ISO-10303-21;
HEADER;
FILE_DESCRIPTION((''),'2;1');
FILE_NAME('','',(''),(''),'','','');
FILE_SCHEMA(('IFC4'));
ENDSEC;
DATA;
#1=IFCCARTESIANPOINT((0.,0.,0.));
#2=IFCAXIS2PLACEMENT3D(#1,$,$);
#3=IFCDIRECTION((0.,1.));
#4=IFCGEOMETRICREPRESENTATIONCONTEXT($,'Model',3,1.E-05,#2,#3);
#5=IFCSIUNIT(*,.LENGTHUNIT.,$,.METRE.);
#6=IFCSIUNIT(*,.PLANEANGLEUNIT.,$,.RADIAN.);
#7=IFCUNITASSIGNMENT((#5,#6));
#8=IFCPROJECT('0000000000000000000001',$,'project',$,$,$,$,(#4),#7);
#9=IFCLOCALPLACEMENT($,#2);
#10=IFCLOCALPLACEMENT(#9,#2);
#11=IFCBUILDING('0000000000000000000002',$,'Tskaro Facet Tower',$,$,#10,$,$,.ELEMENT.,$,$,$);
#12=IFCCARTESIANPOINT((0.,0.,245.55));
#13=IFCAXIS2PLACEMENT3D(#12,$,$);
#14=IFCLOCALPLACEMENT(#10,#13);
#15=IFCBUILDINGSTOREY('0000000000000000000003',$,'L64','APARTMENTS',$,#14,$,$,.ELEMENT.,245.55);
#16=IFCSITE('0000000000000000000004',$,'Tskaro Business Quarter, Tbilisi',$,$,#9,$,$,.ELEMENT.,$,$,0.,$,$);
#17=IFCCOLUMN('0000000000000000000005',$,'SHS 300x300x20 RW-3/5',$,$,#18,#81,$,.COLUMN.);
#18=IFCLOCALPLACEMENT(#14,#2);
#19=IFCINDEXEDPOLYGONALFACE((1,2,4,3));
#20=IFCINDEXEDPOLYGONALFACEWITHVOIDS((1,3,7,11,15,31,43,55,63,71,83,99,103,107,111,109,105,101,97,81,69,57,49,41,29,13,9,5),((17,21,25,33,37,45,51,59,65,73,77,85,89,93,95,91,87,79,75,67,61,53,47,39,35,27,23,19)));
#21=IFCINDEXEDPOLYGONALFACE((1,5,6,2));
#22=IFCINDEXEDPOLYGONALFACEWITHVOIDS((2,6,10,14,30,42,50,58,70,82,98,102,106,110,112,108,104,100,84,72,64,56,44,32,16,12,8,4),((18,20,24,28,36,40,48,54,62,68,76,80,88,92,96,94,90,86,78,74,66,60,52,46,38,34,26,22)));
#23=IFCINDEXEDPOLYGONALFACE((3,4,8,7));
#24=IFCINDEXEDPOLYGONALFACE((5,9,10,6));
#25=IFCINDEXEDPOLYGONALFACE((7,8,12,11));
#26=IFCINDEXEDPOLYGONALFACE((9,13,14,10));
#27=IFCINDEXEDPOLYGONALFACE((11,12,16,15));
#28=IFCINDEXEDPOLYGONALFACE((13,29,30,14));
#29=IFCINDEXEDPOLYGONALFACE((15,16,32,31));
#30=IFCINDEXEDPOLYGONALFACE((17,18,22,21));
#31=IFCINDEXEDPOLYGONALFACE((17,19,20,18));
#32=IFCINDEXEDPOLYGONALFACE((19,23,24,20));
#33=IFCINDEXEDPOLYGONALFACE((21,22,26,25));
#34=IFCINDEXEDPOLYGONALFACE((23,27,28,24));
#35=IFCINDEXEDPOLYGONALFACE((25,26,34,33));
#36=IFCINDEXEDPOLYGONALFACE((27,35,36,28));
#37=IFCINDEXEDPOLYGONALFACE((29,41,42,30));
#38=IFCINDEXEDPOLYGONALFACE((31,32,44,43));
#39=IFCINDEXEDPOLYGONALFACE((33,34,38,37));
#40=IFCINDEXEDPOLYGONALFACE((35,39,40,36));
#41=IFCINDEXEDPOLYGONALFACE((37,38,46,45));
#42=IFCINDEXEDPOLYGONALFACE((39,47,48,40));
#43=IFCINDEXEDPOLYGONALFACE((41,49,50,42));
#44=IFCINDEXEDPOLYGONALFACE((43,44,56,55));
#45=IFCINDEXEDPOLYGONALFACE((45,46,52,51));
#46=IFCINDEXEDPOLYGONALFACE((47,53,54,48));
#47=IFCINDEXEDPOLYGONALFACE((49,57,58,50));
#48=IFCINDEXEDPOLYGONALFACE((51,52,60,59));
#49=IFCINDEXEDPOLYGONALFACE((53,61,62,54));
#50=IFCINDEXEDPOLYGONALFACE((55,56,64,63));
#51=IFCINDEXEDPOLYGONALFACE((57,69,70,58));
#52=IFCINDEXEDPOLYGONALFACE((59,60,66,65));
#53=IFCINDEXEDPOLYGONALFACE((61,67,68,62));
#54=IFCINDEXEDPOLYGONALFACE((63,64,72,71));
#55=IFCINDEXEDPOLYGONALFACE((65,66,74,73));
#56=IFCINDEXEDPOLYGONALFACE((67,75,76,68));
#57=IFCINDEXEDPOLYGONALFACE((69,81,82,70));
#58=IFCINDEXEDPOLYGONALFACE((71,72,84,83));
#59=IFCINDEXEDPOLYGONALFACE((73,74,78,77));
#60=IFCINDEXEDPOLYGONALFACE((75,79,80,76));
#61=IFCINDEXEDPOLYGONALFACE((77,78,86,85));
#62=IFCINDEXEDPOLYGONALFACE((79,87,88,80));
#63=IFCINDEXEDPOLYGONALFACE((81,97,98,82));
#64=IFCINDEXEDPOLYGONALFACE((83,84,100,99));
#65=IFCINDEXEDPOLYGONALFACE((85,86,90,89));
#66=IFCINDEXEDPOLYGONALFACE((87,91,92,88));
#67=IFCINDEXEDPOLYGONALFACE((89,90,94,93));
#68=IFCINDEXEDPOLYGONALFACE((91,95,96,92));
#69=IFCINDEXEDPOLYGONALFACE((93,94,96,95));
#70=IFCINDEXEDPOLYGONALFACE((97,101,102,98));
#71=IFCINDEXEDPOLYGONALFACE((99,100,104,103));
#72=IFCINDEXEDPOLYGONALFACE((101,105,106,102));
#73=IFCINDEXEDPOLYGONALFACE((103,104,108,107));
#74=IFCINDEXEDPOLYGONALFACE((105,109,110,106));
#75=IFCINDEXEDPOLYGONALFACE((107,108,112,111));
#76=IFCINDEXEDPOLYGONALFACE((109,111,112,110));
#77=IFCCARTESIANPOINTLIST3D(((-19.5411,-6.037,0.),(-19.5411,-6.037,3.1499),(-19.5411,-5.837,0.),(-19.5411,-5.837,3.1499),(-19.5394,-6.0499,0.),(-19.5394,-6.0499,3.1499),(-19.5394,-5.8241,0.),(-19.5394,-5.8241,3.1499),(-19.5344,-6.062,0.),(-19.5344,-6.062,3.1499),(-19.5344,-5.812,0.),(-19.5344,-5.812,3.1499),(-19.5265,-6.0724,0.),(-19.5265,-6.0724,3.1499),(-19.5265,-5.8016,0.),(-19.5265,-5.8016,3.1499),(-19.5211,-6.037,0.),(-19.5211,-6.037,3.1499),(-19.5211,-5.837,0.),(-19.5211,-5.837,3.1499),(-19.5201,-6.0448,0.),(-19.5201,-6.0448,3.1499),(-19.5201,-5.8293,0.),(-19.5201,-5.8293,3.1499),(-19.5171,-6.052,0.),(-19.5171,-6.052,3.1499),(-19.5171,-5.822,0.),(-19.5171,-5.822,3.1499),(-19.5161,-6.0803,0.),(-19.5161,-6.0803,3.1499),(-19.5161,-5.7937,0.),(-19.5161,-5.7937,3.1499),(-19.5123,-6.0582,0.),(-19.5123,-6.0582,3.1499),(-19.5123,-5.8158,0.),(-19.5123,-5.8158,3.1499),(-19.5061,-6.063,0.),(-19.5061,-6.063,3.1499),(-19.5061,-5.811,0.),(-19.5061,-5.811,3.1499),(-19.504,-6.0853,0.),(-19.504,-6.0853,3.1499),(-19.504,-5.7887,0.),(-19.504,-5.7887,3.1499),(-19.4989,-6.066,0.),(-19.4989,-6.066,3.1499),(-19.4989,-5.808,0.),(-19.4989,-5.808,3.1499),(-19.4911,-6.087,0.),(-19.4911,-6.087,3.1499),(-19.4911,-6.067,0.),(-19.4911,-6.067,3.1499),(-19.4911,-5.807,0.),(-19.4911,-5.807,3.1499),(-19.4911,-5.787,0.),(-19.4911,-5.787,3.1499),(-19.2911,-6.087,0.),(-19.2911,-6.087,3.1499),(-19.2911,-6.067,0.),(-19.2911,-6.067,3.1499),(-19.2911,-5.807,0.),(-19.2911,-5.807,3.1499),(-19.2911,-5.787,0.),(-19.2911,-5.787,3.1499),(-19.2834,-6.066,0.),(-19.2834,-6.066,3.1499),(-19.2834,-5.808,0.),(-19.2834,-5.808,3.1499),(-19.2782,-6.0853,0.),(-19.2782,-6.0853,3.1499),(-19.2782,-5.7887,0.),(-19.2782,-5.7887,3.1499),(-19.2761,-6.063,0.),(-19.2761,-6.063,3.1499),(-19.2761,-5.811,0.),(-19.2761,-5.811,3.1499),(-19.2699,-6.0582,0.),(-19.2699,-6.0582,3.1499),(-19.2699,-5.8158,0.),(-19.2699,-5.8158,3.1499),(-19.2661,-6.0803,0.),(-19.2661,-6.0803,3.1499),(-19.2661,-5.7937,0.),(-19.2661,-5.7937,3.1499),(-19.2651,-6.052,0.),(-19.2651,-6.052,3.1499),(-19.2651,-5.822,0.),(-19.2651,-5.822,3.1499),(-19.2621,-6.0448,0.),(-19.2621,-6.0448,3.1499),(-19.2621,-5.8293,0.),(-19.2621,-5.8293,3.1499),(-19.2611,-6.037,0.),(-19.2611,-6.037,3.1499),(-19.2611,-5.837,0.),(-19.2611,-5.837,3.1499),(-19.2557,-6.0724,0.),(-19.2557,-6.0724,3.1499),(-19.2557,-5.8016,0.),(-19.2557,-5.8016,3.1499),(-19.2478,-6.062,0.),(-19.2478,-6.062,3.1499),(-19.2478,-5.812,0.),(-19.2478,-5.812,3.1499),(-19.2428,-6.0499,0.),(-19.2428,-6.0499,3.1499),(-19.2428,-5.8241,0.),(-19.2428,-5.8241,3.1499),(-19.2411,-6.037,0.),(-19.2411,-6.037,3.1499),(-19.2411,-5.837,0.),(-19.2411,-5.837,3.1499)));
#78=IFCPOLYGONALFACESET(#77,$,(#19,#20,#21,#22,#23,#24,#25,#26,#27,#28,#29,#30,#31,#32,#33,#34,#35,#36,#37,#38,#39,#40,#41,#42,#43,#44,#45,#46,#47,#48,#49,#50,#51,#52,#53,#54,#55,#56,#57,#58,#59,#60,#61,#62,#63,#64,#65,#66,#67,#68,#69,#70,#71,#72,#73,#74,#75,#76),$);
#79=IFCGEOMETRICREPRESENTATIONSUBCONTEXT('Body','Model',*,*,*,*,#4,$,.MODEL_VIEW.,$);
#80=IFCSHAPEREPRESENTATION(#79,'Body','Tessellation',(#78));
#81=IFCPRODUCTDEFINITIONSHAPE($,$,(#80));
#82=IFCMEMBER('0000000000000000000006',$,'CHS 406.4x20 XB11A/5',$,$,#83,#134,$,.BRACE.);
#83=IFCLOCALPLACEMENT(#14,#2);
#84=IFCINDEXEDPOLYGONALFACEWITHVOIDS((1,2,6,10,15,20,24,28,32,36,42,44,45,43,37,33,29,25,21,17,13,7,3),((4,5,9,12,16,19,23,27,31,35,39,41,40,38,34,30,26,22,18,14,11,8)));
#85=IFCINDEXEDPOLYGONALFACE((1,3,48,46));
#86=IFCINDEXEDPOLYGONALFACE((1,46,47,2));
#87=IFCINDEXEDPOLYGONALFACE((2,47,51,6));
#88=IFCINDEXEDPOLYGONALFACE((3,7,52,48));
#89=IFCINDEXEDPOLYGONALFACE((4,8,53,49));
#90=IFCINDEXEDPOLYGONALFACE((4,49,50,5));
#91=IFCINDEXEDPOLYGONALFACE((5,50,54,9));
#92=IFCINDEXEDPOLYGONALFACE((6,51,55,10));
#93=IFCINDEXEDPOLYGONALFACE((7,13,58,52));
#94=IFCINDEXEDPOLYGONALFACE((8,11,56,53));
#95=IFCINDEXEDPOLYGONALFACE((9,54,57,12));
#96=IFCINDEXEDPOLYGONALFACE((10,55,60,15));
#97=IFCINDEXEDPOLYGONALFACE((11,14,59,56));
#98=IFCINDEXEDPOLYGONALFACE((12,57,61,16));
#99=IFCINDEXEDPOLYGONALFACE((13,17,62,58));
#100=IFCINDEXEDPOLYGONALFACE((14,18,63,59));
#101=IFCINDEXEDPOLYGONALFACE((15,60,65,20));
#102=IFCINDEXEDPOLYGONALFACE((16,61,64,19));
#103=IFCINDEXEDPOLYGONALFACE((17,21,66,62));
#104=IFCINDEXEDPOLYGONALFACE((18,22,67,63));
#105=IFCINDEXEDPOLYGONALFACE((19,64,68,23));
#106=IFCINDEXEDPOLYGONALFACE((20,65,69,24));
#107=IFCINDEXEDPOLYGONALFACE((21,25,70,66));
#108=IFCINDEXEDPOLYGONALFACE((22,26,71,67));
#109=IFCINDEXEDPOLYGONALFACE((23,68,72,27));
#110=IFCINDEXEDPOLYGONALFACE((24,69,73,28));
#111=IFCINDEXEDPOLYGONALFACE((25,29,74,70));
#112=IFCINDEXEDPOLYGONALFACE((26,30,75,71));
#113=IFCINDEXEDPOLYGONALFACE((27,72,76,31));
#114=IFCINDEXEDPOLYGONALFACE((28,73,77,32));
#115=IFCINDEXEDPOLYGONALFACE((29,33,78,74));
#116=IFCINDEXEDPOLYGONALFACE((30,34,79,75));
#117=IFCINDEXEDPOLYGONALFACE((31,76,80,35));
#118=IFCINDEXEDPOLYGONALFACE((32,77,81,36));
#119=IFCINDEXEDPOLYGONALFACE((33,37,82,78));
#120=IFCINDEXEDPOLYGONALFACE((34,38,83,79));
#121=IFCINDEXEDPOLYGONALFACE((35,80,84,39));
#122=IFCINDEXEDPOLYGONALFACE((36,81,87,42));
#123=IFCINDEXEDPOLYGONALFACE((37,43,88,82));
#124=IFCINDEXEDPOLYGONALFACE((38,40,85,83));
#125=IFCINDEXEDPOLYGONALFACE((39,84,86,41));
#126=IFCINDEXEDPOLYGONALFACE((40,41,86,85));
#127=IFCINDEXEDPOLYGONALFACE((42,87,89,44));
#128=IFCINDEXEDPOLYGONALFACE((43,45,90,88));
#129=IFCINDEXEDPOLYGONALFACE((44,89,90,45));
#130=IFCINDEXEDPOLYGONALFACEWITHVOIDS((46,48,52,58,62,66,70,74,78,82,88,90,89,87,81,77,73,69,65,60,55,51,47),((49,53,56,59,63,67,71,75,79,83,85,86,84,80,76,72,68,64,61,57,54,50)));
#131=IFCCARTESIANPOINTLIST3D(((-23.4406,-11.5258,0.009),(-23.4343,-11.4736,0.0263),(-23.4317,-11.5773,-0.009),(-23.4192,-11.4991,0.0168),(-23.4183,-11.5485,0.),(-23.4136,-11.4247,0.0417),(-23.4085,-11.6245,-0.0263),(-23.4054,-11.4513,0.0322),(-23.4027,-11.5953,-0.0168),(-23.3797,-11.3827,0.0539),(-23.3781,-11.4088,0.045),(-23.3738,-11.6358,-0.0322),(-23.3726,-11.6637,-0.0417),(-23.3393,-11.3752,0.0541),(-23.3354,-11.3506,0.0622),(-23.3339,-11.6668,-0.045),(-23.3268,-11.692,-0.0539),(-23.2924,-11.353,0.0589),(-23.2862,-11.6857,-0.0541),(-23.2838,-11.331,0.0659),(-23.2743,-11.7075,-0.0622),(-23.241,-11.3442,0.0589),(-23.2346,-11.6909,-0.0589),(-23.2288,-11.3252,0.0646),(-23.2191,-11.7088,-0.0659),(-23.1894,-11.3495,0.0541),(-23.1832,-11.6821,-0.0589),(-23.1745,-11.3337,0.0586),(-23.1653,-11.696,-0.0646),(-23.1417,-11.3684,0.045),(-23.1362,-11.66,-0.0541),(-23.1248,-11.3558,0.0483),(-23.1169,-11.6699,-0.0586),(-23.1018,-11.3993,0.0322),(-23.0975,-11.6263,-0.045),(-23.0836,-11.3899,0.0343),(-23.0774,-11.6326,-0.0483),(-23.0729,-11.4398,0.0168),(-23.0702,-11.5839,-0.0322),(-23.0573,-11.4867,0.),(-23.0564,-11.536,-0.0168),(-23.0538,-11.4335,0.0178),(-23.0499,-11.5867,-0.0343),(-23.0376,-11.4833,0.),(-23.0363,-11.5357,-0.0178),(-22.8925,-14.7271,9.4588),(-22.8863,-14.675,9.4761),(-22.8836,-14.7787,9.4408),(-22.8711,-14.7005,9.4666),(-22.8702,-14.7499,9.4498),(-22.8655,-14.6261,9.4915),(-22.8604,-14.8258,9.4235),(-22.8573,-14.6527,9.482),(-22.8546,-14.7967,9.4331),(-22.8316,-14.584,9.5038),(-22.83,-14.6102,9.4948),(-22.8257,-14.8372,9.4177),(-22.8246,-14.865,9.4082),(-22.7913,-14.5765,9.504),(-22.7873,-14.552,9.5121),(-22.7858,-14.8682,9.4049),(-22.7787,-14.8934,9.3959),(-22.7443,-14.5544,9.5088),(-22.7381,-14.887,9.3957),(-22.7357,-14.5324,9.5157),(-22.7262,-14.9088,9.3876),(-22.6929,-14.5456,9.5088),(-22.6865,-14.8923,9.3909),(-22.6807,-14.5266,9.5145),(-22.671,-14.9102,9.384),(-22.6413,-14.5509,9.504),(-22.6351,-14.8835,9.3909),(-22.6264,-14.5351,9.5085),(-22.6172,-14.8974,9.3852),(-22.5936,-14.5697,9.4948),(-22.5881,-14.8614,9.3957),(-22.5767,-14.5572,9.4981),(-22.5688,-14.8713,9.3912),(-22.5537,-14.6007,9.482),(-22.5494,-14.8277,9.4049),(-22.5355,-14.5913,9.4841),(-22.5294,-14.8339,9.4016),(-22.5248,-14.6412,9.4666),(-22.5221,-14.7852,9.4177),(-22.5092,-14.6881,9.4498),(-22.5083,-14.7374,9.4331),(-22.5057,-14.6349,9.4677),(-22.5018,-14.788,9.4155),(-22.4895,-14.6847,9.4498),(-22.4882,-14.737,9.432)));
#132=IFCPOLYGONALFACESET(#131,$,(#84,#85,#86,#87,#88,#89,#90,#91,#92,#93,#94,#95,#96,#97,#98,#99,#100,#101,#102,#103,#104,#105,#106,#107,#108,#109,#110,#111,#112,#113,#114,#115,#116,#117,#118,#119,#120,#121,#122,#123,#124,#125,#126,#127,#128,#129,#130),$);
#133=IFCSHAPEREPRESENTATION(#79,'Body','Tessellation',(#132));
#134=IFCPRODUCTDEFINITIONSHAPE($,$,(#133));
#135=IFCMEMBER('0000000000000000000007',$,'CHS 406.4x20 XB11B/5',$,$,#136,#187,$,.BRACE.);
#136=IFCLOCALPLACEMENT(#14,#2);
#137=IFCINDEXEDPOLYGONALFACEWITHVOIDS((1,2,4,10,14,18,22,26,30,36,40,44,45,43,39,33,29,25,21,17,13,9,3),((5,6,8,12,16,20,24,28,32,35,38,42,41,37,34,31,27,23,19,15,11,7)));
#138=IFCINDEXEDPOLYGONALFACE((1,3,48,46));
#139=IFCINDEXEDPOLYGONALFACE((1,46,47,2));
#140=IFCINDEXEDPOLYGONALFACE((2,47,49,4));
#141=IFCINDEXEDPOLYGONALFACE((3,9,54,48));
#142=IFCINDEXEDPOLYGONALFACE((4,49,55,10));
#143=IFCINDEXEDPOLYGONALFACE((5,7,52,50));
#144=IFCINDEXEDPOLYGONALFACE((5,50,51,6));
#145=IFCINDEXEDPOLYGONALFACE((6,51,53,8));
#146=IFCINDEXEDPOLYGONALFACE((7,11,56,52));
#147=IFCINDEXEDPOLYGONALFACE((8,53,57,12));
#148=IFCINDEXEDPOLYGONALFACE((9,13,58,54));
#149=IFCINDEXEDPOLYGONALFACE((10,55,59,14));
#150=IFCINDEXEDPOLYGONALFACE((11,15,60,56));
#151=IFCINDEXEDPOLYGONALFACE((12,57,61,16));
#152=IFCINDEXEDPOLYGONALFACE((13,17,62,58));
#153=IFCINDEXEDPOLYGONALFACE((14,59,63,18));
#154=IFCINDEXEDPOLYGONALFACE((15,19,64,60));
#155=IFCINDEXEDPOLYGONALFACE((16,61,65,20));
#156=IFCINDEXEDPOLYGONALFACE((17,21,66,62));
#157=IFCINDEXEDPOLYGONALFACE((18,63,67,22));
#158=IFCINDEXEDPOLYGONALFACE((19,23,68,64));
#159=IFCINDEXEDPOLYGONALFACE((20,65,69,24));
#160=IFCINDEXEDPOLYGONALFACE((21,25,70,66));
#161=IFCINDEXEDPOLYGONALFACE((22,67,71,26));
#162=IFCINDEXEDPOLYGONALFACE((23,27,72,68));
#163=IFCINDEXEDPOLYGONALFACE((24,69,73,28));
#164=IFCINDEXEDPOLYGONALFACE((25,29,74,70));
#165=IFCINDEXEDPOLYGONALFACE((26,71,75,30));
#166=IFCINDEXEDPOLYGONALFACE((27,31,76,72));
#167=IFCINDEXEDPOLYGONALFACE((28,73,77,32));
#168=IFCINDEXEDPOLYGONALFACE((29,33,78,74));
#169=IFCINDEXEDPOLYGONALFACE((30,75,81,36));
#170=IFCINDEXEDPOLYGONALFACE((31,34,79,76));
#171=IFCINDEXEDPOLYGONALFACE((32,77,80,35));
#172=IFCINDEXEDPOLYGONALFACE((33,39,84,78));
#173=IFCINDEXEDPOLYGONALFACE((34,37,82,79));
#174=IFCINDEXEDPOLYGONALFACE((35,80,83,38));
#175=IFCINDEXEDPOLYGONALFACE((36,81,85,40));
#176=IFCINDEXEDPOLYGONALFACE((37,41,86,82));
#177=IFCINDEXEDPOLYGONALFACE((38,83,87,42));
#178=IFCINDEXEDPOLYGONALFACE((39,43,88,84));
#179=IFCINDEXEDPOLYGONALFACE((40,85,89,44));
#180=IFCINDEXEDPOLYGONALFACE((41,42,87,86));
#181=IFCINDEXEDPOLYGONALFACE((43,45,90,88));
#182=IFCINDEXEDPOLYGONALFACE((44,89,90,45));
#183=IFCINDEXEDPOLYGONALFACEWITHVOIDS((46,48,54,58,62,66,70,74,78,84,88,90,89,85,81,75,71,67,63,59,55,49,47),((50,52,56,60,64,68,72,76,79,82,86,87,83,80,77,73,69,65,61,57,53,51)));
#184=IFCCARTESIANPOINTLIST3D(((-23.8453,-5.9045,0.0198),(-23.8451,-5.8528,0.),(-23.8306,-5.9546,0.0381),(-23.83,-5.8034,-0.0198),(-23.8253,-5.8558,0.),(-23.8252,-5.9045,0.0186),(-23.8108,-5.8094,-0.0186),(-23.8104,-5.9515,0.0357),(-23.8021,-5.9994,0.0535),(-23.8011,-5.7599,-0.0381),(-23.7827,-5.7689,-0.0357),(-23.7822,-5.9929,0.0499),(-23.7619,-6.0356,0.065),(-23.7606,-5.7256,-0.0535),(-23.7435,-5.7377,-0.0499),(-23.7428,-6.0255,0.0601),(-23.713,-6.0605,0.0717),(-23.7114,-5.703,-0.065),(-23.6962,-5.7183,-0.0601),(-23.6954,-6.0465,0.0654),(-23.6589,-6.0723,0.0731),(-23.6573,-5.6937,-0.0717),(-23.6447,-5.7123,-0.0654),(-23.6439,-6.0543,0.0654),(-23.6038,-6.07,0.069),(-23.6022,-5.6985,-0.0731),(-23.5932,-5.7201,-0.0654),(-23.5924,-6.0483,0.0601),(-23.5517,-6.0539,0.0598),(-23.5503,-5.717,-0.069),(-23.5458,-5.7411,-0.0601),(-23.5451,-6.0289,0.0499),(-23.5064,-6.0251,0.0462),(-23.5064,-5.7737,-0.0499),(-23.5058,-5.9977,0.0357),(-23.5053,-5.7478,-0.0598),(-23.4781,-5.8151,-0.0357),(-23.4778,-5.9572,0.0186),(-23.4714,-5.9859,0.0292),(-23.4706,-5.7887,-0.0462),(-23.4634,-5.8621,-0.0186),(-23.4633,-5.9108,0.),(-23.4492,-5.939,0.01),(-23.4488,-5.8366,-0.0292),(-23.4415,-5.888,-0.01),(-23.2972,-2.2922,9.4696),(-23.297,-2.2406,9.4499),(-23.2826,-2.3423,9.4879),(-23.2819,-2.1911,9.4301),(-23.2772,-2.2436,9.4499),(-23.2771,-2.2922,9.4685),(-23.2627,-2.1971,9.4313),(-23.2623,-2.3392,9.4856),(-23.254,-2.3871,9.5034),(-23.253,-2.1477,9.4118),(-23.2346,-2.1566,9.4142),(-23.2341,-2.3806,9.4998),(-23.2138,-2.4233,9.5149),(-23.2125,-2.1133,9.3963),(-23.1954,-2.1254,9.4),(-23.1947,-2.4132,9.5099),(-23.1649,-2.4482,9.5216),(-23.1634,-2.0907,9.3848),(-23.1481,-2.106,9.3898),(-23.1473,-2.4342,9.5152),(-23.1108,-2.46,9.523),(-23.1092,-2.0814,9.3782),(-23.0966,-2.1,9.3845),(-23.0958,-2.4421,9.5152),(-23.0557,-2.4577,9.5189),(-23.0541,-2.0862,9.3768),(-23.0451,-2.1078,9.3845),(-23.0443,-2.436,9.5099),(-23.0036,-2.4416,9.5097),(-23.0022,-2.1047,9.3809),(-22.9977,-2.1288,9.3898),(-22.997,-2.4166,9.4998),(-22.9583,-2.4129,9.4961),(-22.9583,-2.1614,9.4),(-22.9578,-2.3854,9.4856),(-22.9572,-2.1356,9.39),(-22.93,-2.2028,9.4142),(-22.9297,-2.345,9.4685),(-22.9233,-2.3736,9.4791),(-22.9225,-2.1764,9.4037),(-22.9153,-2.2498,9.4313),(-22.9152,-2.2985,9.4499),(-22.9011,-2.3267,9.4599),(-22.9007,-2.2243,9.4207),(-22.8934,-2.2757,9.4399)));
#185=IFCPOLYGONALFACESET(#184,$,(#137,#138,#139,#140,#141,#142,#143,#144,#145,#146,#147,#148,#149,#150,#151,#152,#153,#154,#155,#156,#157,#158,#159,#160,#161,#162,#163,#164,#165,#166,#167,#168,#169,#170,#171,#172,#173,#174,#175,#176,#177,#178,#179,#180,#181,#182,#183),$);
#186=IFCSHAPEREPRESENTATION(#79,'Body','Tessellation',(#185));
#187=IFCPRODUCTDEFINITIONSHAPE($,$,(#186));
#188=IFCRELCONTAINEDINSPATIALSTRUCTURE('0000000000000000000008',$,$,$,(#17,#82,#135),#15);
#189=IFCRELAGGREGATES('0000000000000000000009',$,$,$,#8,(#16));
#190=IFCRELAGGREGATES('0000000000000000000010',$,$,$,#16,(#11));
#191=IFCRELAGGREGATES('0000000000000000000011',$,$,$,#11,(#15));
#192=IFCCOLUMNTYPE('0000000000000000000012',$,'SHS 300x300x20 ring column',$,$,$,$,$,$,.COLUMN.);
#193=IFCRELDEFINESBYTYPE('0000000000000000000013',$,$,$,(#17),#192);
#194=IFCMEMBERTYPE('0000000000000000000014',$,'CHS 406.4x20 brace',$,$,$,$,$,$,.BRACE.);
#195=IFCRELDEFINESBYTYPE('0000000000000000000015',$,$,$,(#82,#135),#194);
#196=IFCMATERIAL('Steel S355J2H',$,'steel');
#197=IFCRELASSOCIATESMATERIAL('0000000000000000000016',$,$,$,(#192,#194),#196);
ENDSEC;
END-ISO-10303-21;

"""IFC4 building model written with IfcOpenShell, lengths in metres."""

from ifc_helpers import new_model, si_unit, direction, frame, origin, origin_2d, place, context, subcontext, project, spatial, hollow_rectangle, hollow_circle, extrude, material, material_profile, profile_set, type_object, element, save


model = new_model("IFC4")

# Units and contexts
model_context = context("Model", 3, precision=1e-05, world=origin(), true_north=direction((0.0, 1.0)))
body_context = subcontext(model_context, "Body", "Model", "MODEL_VIEW")
ifc_project = project(units=[si_unit("LENGTHUNIT", "METRE"), si_unit("PLANEANGLEUNIT", "RADIAN")], contexts=[model_context])

# Site, building, storey
site_placement = place(None, origin())
site = spatial("IfcSite", under=ifc_project, at=site_placement, Name="Tskaro Business Quarter, Tbilisi", CompositionType="ELEMENT", RefElevation=0.0)
building_placement = place(site_placement, origin())
building = spatial("IfcBuilding", under=site, at=building_placement, Name="Tskaro Facet Tower", CompositionType="ELEMENT")
storey_placement = place(building_placement, frame((0.0, 0.0, 245.55)))
storey = spatial("IfcBuildingStorey", under=building, at=storey_placement, Name="L64", Description="APARTMENTS", CompositionType="ELEMENT", Elevation=245.55)

# Column
ifc_material_1 = material(Name="Steel S355J2H", Category="steel")
ifc_material_profile_1 = material_profile(ifc_material_1, hollow_rectangle(XDim=0.3, YDim=0.3, WallThickness=0.02, InnerFilletRadius=0.03, OuterFilletRadius=0.05, at=origin_2d()), Name="SHS 300x300x20")
ifc_profile_set_1 = profile_set([ifc_material_profile_1], Name="Steel S355J2H")
column_type = type_object("IfcColumnType", Name="SHS 300x300x20 ring column", PredefinedType="COLUMN", material=ifc_profile_set_1)
column_placement = place(storey_placement, frame((-19.3911, -5.937, 0.0), z_axis=(0.0, 0.0, 1.0), x_axis=(1.0, 0.0, 0.0)))
element("IfcColumn", 1, at=column_placement, inside=storey, type_object=column_type, Name="SHS 300x300x20 RW-3/5", PredefinedType="COLUMN", context=body_context, shape_type="SweptSolid", body=[
    extrude(hollow_rectangle(XDim=0.3, YDim=0.3, WallThickness=0.02, InnerFilletRadius=0.03, OuterFilletRadius=0.05, at=origin_2d()), origin(), (0.0, 0.0, 1.0), 3.1499),
])

# Members
ifc_material_profile_2 = material_profile(ifc_material_1, hollow_circle(Radius=0.2031, WallThickness=0.02, at=origin_2d()), Name="CHS 406.4x20")
ifc_profile_set_2 = profile_set([ifc_material_profile_2], Name="Steel S355J2H")
member_type_1 = type_object("IfcMemberType", Name="CHS 406.4x20 brace", PredefinedType="BRACE", material=ifc_profile_set_2)
member_1_placement = place(storey_placement, frame((-23.2378, -11.5176, 0.0), z_axis=(0.05485, -0.32038, 0.9457), x_axis=(0.985659, 0.168749, 0.0)))
element("IfcMember", 2, at=member_1_placement, inside=storey, type_object=member_type_1, Name="CHS 406.4x20 XB11A/5", PredefinedType="BRACE", context=body_context, shape_type="SweptSolid", body=[
    extrude(hollow_circle(Radius=0.2031, WallThickness=0.02, at=origin_2d()), origin(), (0.0, 0.0, 1.0), 9.9924),
])
member_2_placement = place(storey_placement, frame((-23.6443, -5.8833, 0.0), z_axis=(0.054097, 0.356536, 0.932714), x_axis=(-0.988684, 0.150013, 0.0)))
element("IfcMember", 3, at=member_2_placement, inside=storey, type_object=member_type_1, Name="CHS 406.4x20 XB11B/5", PredefinedType="BRACE", context=body_context, shape_type="SweptSolid", body=[
    extrude(hollow_circle(Radius=0.2031, WallThickness=0.02, at=origin_2d()), origin(), (0.0, 0.0, 1.0), 10.1316),
])

save(model, "model.ifc")
